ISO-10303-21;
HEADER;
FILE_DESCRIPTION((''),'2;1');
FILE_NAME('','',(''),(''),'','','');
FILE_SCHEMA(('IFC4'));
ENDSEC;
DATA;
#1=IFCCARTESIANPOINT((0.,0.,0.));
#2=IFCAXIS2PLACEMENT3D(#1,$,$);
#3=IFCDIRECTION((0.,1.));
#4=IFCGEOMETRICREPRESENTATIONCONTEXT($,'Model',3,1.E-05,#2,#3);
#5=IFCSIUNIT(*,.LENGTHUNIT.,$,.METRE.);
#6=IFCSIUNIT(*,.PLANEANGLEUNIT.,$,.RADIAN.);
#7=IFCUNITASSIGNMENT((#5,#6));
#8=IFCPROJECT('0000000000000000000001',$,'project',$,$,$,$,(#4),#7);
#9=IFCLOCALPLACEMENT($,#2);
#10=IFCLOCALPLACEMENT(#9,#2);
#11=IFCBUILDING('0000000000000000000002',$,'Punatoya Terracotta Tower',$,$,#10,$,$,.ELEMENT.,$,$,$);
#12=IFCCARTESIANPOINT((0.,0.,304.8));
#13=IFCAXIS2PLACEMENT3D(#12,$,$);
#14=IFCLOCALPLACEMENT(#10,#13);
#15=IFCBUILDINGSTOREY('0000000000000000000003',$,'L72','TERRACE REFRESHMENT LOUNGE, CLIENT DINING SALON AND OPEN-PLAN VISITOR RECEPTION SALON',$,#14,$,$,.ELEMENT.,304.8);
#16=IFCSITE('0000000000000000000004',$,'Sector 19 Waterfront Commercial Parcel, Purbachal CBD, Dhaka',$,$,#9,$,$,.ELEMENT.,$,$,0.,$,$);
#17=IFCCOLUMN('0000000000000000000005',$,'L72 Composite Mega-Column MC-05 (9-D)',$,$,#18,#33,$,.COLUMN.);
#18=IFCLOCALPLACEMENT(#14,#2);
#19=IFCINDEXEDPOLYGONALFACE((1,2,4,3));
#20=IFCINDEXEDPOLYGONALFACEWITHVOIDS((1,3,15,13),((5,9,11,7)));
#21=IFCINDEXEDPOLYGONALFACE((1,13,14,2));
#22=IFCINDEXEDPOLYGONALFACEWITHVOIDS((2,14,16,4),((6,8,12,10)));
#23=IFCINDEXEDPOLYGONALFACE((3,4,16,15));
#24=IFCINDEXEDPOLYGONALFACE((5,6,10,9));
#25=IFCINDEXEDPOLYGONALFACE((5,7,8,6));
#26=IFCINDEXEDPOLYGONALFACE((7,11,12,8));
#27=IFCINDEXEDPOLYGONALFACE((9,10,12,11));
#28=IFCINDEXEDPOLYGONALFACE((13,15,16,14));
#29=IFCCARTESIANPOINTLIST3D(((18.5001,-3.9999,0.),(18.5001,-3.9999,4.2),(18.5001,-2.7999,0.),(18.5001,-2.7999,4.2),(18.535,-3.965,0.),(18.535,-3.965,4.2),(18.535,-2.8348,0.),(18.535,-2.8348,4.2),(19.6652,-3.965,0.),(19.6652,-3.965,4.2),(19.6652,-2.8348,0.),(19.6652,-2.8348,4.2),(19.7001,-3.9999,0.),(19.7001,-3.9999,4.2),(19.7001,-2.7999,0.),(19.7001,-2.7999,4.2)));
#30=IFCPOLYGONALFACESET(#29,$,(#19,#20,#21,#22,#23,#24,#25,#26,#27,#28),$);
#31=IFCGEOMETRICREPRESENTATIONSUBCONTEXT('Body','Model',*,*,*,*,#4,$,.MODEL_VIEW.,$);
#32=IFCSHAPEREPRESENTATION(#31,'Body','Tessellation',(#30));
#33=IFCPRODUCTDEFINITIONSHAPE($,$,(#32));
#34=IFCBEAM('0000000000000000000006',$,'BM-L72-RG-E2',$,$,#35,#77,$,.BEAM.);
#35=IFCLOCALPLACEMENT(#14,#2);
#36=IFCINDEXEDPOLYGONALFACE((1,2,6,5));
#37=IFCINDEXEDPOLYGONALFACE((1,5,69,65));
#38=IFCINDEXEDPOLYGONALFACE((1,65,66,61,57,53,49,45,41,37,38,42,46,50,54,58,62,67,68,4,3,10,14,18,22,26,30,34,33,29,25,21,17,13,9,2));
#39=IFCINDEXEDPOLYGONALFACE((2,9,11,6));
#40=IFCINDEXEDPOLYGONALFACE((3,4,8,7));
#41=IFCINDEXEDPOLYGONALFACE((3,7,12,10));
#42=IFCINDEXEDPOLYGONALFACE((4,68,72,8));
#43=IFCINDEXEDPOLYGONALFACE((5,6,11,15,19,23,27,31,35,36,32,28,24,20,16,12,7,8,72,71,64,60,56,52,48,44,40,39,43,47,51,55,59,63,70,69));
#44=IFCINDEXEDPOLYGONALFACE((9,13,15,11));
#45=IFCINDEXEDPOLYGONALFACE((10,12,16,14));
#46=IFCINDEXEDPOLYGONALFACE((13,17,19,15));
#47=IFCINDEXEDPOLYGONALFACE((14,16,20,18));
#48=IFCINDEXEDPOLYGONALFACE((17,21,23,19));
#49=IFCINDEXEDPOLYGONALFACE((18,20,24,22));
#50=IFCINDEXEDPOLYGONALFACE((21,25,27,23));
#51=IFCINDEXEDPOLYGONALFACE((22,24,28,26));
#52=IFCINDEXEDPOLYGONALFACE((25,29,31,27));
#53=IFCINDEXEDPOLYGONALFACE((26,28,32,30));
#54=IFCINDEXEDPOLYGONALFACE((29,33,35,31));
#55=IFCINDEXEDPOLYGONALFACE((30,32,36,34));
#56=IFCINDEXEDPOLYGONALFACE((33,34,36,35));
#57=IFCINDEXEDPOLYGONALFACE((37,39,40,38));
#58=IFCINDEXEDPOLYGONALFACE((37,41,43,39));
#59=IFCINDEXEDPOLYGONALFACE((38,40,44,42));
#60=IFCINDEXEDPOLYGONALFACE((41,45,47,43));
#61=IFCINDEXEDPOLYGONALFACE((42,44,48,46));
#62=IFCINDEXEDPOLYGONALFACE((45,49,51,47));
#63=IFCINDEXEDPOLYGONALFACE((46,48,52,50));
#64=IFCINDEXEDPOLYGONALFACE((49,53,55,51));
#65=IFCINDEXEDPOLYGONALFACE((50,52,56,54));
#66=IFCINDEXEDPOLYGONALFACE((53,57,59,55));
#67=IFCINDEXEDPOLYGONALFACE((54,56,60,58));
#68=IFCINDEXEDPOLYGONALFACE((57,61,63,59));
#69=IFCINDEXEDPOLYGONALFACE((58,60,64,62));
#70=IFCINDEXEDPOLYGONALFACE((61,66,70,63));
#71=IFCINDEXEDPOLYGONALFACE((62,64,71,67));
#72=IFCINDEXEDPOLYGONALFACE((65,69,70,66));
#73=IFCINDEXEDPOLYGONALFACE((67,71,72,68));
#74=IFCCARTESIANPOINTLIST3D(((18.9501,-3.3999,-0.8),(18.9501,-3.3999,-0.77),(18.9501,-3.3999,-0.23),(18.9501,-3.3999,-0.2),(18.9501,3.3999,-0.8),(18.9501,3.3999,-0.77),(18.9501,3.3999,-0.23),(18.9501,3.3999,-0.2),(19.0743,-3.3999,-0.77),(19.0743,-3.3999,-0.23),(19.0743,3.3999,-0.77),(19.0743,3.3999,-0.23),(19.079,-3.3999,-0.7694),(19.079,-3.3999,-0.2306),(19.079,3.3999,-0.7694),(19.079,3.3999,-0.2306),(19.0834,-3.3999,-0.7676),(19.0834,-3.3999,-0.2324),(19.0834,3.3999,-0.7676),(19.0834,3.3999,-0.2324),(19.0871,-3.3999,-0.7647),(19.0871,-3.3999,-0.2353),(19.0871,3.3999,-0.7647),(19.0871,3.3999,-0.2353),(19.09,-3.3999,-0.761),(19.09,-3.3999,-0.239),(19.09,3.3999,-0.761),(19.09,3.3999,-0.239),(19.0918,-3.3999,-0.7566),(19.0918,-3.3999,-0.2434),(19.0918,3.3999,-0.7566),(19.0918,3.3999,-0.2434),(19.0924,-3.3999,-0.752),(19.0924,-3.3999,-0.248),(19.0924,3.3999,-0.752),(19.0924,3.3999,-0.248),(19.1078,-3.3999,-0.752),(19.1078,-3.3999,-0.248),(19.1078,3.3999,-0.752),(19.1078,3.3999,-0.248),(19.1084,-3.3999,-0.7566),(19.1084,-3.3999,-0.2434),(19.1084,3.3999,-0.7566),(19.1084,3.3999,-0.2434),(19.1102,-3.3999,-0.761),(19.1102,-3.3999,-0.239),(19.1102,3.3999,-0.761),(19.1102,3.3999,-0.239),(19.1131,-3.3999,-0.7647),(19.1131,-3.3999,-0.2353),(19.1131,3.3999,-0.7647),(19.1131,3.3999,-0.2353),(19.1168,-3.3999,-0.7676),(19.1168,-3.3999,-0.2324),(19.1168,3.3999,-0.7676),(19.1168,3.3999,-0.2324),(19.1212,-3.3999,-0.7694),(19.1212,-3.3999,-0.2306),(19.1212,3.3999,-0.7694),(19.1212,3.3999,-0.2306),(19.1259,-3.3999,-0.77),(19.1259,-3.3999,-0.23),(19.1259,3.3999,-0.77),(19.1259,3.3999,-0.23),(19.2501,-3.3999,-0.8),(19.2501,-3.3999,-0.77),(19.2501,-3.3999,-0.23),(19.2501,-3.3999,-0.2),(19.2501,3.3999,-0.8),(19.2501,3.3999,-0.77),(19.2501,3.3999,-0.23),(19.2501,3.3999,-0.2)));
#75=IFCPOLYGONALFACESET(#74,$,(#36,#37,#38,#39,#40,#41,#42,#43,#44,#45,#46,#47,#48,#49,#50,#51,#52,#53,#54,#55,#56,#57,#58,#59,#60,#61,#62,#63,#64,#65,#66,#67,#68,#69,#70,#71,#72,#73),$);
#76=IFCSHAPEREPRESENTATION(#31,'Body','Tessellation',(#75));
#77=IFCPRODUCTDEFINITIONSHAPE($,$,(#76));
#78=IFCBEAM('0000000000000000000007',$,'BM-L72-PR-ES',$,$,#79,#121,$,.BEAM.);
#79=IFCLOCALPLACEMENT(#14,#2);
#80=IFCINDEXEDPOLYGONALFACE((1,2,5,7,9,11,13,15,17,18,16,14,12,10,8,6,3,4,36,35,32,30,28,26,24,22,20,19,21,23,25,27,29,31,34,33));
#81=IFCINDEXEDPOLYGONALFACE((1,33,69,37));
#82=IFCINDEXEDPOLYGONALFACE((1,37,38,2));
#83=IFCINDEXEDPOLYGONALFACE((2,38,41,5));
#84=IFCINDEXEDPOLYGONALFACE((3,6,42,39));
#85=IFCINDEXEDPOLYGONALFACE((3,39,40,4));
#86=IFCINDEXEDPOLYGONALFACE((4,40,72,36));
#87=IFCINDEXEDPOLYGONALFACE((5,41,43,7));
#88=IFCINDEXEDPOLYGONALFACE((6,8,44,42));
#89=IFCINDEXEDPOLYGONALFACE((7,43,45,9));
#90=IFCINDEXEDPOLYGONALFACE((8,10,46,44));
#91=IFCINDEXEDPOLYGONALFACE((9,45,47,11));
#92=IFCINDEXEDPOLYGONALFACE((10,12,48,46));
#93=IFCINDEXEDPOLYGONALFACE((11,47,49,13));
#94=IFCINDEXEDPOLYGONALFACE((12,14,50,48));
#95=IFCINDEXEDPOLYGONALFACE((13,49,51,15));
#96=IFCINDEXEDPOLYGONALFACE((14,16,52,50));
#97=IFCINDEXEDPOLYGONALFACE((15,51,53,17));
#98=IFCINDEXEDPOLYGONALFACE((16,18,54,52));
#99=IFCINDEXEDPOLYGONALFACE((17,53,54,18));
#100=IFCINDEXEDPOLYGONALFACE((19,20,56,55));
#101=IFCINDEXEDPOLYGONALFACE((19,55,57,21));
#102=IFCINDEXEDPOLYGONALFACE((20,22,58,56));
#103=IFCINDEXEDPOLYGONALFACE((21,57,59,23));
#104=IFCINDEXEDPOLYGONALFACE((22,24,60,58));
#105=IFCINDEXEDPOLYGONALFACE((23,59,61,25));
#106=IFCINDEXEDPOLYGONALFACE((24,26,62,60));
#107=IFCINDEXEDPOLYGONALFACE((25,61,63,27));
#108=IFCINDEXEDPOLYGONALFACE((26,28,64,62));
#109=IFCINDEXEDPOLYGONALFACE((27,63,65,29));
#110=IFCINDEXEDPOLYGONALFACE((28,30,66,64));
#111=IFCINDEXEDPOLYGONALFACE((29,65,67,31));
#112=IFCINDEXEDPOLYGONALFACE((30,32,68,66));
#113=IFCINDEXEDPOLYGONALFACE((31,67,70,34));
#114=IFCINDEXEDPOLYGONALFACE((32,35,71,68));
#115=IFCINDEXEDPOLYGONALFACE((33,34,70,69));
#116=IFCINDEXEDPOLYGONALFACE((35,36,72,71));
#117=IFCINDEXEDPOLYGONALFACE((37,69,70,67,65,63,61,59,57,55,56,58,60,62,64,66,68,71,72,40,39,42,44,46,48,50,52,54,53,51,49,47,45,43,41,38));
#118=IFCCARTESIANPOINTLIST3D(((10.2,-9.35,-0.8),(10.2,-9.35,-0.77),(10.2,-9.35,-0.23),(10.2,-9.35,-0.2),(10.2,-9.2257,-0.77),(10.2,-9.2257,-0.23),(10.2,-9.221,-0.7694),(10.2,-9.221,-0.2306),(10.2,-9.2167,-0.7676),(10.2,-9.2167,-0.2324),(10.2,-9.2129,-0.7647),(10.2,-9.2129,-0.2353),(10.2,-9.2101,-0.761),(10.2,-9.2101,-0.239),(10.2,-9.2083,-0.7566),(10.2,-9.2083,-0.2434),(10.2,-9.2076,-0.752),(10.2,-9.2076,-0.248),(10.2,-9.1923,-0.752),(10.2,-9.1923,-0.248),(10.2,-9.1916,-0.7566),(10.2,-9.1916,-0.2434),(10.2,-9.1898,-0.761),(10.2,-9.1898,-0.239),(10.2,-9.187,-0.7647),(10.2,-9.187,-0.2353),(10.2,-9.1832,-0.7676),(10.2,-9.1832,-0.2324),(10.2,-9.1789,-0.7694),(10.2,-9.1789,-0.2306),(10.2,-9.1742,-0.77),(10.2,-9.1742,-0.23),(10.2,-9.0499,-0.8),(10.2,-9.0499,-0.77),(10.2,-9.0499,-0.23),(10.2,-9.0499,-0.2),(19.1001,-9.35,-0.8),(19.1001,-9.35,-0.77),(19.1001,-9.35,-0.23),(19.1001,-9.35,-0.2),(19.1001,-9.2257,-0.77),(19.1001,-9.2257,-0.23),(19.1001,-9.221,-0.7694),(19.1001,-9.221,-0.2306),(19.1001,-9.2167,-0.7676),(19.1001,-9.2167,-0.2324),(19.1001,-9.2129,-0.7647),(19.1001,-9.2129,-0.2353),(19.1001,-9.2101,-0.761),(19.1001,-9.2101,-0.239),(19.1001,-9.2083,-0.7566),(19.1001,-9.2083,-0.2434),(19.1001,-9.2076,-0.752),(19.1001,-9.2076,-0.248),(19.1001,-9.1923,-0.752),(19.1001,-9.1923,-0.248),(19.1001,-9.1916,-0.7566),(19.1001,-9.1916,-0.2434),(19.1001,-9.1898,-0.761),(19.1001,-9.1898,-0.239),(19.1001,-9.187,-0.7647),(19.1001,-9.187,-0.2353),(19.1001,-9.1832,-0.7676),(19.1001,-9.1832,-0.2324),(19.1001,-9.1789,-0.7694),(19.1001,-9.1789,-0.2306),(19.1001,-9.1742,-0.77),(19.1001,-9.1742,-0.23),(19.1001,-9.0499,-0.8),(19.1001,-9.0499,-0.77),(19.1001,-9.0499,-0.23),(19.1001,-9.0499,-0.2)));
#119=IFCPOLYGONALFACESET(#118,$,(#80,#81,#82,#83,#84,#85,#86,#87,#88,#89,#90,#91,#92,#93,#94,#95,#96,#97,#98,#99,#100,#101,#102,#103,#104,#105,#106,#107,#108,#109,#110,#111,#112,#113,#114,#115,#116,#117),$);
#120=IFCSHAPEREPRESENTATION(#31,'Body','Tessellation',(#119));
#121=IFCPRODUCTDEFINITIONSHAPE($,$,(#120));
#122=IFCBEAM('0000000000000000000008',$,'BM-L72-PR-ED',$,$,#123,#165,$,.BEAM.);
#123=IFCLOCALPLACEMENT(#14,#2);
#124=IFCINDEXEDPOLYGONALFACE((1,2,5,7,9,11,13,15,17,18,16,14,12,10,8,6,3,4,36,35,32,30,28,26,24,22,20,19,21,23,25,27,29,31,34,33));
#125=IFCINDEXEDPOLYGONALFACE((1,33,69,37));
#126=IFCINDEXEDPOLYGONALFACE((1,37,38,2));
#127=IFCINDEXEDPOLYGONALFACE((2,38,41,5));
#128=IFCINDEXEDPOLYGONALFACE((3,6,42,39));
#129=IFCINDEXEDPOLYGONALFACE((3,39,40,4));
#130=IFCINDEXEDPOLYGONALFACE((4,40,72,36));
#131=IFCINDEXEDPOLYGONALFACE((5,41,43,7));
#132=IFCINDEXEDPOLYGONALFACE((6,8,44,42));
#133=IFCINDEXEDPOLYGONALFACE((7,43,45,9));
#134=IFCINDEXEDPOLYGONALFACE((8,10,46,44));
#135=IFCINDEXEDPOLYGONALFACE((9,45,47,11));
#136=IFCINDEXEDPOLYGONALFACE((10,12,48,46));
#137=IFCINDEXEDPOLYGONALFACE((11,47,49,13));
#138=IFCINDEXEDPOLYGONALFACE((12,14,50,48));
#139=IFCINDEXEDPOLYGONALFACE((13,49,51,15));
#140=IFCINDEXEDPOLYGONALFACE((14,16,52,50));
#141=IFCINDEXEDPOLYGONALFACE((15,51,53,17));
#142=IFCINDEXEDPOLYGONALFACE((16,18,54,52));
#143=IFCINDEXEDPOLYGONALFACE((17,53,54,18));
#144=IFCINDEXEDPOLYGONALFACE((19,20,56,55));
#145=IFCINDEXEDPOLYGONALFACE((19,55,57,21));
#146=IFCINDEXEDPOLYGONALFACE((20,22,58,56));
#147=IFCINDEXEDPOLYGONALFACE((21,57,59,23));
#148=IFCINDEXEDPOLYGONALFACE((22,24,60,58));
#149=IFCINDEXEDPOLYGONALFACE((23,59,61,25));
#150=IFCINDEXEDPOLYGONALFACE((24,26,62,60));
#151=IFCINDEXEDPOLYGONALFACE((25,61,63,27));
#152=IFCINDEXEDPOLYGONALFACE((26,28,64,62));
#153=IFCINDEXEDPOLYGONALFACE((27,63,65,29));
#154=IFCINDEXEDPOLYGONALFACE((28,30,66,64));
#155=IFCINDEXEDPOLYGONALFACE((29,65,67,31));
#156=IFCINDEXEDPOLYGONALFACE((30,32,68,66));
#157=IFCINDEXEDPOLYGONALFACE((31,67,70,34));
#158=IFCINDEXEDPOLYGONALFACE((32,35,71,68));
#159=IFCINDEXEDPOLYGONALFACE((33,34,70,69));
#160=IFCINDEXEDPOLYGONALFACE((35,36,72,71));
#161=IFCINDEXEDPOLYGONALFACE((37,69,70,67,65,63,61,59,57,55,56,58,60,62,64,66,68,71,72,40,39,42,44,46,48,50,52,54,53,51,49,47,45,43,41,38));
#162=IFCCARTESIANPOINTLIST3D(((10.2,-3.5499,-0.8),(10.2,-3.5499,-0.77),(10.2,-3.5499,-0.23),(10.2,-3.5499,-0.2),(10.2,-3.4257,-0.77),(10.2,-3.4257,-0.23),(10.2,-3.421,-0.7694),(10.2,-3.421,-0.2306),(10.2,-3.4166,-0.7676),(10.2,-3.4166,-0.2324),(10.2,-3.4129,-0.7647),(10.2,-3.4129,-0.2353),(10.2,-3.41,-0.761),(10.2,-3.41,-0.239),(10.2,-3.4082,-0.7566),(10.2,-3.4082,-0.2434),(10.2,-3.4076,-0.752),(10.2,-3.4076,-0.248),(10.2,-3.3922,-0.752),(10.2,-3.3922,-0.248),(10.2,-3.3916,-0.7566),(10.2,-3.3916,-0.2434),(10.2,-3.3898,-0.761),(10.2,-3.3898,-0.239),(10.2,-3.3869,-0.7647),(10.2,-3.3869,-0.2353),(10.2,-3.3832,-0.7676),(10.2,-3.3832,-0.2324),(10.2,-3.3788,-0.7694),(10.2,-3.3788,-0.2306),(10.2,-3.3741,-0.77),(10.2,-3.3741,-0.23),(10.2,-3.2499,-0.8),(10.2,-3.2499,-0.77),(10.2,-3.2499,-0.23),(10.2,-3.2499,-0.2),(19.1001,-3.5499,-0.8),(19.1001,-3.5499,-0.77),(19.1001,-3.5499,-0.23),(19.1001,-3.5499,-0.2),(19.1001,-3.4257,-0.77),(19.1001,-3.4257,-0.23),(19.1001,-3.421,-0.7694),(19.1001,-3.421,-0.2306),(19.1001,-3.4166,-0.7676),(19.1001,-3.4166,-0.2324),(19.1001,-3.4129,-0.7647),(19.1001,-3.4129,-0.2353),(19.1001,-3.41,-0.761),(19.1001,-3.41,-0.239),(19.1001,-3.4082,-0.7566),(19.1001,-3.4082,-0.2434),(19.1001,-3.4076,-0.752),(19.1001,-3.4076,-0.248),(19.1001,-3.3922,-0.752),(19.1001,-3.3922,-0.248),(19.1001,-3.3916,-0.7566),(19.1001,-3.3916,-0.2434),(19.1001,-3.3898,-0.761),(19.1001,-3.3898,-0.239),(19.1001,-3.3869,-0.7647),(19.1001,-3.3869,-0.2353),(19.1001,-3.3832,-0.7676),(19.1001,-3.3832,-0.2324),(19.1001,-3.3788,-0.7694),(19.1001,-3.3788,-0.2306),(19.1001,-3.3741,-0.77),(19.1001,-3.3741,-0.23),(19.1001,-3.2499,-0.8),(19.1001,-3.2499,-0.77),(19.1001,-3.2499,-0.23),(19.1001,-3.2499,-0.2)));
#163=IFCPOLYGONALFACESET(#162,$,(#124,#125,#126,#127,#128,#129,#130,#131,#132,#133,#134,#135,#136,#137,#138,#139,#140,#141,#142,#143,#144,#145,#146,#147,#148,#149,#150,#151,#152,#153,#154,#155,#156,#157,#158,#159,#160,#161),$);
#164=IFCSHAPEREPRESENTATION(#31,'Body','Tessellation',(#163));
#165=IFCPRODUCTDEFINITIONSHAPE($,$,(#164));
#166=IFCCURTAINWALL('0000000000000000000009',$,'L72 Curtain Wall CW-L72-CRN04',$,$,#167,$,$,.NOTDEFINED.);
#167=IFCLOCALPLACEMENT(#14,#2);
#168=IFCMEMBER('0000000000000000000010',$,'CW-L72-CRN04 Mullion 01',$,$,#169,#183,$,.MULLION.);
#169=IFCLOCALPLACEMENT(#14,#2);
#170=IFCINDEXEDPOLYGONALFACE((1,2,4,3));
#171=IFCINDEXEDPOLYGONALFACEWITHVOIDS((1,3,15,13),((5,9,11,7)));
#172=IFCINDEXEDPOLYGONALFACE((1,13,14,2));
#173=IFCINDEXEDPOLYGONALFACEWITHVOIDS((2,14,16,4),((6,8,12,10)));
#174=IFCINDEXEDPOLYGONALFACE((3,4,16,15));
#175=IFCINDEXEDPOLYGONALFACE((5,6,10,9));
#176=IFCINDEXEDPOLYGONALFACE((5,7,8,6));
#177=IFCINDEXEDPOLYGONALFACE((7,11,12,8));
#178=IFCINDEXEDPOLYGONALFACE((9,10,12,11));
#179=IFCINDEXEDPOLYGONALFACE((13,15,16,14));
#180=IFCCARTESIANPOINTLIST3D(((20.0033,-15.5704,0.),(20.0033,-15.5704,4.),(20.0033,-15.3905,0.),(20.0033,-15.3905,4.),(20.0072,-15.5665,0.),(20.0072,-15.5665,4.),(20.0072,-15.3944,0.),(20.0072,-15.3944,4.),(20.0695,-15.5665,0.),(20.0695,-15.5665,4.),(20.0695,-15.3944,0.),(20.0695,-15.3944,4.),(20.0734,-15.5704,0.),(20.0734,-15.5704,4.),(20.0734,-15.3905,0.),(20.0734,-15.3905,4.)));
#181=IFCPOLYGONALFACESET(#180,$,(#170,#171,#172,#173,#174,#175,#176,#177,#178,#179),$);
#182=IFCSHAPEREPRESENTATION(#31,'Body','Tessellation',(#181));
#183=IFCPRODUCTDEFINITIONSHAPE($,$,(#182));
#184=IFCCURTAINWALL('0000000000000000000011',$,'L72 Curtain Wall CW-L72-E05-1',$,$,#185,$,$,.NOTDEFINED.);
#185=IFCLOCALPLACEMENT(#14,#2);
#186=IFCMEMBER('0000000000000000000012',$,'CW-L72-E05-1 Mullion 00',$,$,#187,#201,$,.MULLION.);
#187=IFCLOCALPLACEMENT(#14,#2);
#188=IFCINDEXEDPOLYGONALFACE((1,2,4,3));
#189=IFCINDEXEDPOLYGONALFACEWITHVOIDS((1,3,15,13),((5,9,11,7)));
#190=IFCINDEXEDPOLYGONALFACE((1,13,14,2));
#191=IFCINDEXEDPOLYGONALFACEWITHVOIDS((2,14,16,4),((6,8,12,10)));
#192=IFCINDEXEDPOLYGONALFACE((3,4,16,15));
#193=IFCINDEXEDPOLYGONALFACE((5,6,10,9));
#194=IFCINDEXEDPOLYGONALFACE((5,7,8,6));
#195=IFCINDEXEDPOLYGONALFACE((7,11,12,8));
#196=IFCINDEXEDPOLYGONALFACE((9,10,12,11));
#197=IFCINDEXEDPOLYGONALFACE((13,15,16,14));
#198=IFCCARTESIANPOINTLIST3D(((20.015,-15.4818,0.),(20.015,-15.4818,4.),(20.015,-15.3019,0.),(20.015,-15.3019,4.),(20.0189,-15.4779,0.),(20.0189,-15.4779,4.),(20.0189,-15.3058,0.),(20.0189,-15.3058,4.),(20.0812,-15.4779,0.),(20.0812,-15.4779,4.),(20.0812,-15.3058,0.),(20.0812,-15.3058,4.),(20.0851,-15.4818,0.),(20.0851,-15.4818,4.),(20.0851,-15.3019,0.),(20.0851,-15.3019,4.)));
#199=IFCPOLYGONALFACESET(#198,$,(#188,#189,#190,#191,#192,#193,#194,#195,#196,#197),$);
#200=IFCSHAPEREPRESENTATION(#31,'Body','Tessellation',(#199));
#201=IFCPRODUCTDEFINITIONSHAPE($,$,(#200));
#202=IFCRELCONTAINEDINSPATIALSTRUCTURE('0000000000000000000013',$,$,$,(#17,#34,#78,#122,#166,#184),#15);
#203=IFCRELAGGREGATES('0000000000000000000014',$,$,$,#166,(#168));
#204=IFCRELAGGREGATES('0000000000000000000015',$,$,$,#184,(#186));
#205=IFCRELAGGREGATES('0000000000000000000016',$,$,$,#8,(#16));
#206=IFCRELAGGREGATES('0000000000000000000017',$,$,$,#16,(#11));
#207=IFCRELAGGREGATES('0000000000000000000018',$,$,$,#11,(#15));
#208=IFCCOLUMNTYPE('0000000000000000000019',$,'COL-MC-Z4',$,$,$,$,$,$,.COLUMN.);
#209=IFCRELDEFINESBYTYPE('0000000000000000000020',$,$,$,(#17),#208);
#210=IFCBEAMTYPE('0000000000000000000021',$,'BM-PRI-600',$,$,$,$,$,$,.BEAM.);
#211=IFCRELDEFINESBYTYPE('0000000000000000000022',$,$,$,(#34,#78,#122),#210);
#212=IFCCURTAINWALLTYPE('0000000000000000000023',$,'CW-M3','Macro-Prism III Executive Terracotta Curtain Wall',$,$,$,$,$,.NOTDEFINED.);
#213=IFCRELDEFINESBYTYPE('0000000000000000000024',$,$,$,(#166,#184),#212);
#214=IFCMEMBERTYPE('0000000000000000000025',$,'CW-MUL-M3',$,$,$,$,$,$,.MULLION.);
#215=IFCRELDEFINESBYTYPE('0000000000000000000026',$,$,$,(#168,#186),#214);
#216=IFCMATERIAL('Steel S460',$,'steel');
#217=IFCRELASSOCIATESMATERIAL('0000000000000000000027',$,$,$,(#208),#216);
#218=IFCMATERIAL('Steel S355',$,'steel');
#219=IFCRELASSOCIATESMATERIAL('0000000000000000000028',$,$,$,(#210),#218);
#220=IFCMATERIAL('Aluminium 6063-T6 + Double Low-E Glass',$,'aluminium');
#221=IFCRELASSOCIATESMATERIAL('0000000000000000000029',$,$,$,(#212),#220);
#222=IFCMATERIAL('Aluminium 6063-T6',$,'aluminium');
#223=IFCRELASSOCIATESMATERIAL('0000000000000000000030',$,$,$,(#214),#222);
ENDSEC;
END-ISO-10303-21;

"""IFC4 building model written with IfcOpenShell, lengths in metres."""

from ifc_helpers import new_model, si_unit, direction, frame, origin, origin_2d, place, context, subcontext, project, spatial, hollow_rectangle, i_section, extrude, material, material_profile, profile_set, type_object, element, aggregate, save


model = new_model("IFC4")

# Units and contexts
model_context = context("Model", 3, precision=1e-05, world=origin(), true_north=direction((0.0, 1.0)))
body_context = subcontext(model_context, "Body", "Model", "MODEL_VIEW")
ifc_project = project(units=[si_unit("LENGTHUNIT", "METRE"), si_unit("PLANEANGLEUNIT", "RADIAN")], contexts=[model_context])

# Site, building, storey
site_placement = place(None, origin())
site = spatial("IfcSite", under=ifc_project, at=site_placement, Name="Sector 19 Waterfront Commercial Parcel, Purbachal CBD, Dhaka", CompositionType="ELEMENT", RefElevation=0.0)
building_placement = place(site_placement, origin())
building = spatial("IfcBuilding", under=site, at=building_placement, Name="Punatoya Terracotta Tower", CompositionType="ELEMENT")
storey_placement = place(building_placement, frame((0.0, 0.0, 304.8)))
storey = spatial("IfcBuildingStorey", under=building, at=storey_placement, Name="L72", Description="TERRACE REFRESHMENT LOUNGE, CLIENT DINING SALON AND OPEN-PLAN VISITOR RECEPTION SALON", CompositionType="ELEMENT", Elevation=304.8)

# Column
ifc_material_1 = material(Name="Steel S460", Category="steel")
ifc_material_profile_1 = material_profile(ifc_material_1, hollow_rectangle(XDim=1.2, YDim=1.2, WallThickness=0.0349, at=origin_2d()))
ifc_profile_set_1 = profile_set([ifc_material_profile_1], Name="Steel S460")
column_type = type_object("IfcColumnType", Name="COL-MC-Z4", PredefinedType="COLUMN", material=ifc_profile_set_1)
column_placement = place(storey_placement, frame((19.1001, -3.3999, 0.0), z_axis=(0.0, 0.0, 1.0), x_axis=(1.0, 0.0, 0.0)))
element("IfcColumn", 1, at=column_placement, inside=storey, type_object=column_type, Name="L72 Composite Mega-Column MC-05 (9-D)", PredefinedType="COLUMN", context=body_context, shape_type="SweptSolid", body=[
    extrude(hollow_rectangle(XDim=1.2, YDim=1.2, WallThickness=0.0349, at=origin_2d()), origin(), (0.0, 0.0, 1.0), 4.2),
])

# Beams
ifc_material_2 = material(Name="Steel S355", Category="steel")
ifc_material_profile_2 = material_profile(ifc_material_2, i_section(OverallWidth=0.3, OverallDepth=0.6001, WebThickness=0.0154, FlangeThickness=0.03, FilletRadius=0.0181, at=origin_2d()))
ifc_profile_set_2 = profile_set([ifc_material_profile_2], Name="Steel S355")
beam_type = type_object("IfcBeamType", Name="BM-PRI-600", PredefinedType="BEAM", material=ifc_profile_set_2)
beam_placement = place(storey_placement, frame((19.1001, -3.3999, -0.5), z_axis=(0.0, 1.0, 0.0), x_axis=(-1.0, 0.0, 0.0)))
element("IfcBeam", 2, at=beam_placement, inside=storey, type_object=beam_type, Name="BM-L72-RG-E2", PredefinedType="BEAM", context=body_context, shape_type="SweptSolid", body=[
    extrude(i_section(OverallWidth=0.3, OverallDepth=0.6001, WebThickness=0.0154, FlangeThickness=0.03, FilletRadius=0.0181, at=origin_2d()), origin(), (0.0, 0.0, 1.0), 6.7998),
])
for number, where, z_axis, x_axis, name in (
    (3, (10.2, -9.2, -0.5), (1.0, 0.0, 0.0), (0.0, 1.0, 0.0), "BM-L72-PR-ES"),
    (4, (10.2, -3.3999, -0.5), (1.0, 0.0, 0.0), (0.0, 1.0, 0.0), "BM-L72-PR-ED"),
):
    element("IfcBeam", number, at=place(storey_placement, frame(where, z_axis=z_axis, x_axis=x_axis)), inside=storey, type_object=beam_type, Name=name, PredefinedType="BEAM", context=body_context, shape_type="SweptSolid", body=[
        extrude(i_section(OverallWidth=0.3, OverallDepth=0.6001, WebThickness=0.0154, FlangeThickness=0.03, FilletRadius=0.0181, at=origin_2d()), origin(), (0.0, 0.0, 1.0), 8.9001),
    ])

# Curtain wall, member
ifc_material_3 = material(Name="Aluminium 6063-T6 + Double Low-E Glass", Category="aluminium")
curtain_wall_type = type_object("IfcCurtainWallType", Name="CW-M3", Description="Macro-Prism III Executive Terracotta Curtain Wall", PredefinedType="NOTDEFINED", material=ifc_material_3)
curtain_wall_1_placement = place(storey_placement, origin())
curtain_wall_1 = element("IfcCurtainWall", 5, at=curtain_wall_1_placement, inside=storey, type_object=curtain_wall_type, Name="L72 Curtain Wall CW-L72-CRN04", PredefinedType="NOTDEFINED")
ifc_material_4 = material(Name="Aluminium 6063-T6", Category="aluminium")
ifc_material_profile_3 = material_profile(ifc_material_4, hollow_rectangle(XDim=0.0701, YDim=0.1799, WallThickness=0.0039, at=origin_2d()))
ifc_profile_set_3 = profile_set([ifc_material_profile_3], Name="Aluminium 6063-T6")
member_type_1 = type_object("IfcMemberType", Name="CW-MUL-M3", PredefinedType="MULLION", material=ifc_profile_set_3)
member_1_placement = place(storey_placement, frame((20.0383, -15.4805, 0.0), z_axis=(0.0, 0.0, 1.0), x_axis=(1.0, 0.0, 0.0)))
member_1 = element("IfcMember", 6, at=member_1_placement, type_object=member_type_1, Name="CW-L72-CRN04 Mullion 01", PredefinedType="MULLION", context=body_context, shape_type="SweptSolid", body=[
    extrude(hollow_rectangle(XDim=0.0701, YDim=0.1799, WallThickness=0.0039, at=origin_2d()), origin(), (0.0, 0.0, 1.0), 4.0),
])

# Curtain wall, member
curtain_wall_2_placement = place(storey_placement, origin())
curtain_wall_2 = element("IfcCurtainWall", 7, at=curtain_wall_2_placement, inside=storey, type_object=curtain_wall_type, Name="L72 Curtain Wall CW-L72-E05-1", PredefinedType="NOTDEFINED")
member_2_placement = place(storey_placement, frame((20.05, -15.3918, 0.0), z_axis=(0.0, 0.0, 1.0), x_axis=(1.0, 0.0, 0.0)))
member_2 = element("IfcMember", 8, at=member_2_placement, type_object=member_type_1, Name="CW-L72-E05-1 Mullion 00", PredefinedType="MULLION", context=body_context, shape_type="SweptSolid", body=[
    extrude(hollow_rectangle(XDim=0.0701, YDim=0.1799, WallThickness=0.0039, at=origin_2d()), origin(), (0.0, 0.0, 1.0), 4.0),
])

aggregate(curtain_wall_1, [member_1])
aggregate(curtain_wall_2, [member_2])

save(model, "model.ifc")
